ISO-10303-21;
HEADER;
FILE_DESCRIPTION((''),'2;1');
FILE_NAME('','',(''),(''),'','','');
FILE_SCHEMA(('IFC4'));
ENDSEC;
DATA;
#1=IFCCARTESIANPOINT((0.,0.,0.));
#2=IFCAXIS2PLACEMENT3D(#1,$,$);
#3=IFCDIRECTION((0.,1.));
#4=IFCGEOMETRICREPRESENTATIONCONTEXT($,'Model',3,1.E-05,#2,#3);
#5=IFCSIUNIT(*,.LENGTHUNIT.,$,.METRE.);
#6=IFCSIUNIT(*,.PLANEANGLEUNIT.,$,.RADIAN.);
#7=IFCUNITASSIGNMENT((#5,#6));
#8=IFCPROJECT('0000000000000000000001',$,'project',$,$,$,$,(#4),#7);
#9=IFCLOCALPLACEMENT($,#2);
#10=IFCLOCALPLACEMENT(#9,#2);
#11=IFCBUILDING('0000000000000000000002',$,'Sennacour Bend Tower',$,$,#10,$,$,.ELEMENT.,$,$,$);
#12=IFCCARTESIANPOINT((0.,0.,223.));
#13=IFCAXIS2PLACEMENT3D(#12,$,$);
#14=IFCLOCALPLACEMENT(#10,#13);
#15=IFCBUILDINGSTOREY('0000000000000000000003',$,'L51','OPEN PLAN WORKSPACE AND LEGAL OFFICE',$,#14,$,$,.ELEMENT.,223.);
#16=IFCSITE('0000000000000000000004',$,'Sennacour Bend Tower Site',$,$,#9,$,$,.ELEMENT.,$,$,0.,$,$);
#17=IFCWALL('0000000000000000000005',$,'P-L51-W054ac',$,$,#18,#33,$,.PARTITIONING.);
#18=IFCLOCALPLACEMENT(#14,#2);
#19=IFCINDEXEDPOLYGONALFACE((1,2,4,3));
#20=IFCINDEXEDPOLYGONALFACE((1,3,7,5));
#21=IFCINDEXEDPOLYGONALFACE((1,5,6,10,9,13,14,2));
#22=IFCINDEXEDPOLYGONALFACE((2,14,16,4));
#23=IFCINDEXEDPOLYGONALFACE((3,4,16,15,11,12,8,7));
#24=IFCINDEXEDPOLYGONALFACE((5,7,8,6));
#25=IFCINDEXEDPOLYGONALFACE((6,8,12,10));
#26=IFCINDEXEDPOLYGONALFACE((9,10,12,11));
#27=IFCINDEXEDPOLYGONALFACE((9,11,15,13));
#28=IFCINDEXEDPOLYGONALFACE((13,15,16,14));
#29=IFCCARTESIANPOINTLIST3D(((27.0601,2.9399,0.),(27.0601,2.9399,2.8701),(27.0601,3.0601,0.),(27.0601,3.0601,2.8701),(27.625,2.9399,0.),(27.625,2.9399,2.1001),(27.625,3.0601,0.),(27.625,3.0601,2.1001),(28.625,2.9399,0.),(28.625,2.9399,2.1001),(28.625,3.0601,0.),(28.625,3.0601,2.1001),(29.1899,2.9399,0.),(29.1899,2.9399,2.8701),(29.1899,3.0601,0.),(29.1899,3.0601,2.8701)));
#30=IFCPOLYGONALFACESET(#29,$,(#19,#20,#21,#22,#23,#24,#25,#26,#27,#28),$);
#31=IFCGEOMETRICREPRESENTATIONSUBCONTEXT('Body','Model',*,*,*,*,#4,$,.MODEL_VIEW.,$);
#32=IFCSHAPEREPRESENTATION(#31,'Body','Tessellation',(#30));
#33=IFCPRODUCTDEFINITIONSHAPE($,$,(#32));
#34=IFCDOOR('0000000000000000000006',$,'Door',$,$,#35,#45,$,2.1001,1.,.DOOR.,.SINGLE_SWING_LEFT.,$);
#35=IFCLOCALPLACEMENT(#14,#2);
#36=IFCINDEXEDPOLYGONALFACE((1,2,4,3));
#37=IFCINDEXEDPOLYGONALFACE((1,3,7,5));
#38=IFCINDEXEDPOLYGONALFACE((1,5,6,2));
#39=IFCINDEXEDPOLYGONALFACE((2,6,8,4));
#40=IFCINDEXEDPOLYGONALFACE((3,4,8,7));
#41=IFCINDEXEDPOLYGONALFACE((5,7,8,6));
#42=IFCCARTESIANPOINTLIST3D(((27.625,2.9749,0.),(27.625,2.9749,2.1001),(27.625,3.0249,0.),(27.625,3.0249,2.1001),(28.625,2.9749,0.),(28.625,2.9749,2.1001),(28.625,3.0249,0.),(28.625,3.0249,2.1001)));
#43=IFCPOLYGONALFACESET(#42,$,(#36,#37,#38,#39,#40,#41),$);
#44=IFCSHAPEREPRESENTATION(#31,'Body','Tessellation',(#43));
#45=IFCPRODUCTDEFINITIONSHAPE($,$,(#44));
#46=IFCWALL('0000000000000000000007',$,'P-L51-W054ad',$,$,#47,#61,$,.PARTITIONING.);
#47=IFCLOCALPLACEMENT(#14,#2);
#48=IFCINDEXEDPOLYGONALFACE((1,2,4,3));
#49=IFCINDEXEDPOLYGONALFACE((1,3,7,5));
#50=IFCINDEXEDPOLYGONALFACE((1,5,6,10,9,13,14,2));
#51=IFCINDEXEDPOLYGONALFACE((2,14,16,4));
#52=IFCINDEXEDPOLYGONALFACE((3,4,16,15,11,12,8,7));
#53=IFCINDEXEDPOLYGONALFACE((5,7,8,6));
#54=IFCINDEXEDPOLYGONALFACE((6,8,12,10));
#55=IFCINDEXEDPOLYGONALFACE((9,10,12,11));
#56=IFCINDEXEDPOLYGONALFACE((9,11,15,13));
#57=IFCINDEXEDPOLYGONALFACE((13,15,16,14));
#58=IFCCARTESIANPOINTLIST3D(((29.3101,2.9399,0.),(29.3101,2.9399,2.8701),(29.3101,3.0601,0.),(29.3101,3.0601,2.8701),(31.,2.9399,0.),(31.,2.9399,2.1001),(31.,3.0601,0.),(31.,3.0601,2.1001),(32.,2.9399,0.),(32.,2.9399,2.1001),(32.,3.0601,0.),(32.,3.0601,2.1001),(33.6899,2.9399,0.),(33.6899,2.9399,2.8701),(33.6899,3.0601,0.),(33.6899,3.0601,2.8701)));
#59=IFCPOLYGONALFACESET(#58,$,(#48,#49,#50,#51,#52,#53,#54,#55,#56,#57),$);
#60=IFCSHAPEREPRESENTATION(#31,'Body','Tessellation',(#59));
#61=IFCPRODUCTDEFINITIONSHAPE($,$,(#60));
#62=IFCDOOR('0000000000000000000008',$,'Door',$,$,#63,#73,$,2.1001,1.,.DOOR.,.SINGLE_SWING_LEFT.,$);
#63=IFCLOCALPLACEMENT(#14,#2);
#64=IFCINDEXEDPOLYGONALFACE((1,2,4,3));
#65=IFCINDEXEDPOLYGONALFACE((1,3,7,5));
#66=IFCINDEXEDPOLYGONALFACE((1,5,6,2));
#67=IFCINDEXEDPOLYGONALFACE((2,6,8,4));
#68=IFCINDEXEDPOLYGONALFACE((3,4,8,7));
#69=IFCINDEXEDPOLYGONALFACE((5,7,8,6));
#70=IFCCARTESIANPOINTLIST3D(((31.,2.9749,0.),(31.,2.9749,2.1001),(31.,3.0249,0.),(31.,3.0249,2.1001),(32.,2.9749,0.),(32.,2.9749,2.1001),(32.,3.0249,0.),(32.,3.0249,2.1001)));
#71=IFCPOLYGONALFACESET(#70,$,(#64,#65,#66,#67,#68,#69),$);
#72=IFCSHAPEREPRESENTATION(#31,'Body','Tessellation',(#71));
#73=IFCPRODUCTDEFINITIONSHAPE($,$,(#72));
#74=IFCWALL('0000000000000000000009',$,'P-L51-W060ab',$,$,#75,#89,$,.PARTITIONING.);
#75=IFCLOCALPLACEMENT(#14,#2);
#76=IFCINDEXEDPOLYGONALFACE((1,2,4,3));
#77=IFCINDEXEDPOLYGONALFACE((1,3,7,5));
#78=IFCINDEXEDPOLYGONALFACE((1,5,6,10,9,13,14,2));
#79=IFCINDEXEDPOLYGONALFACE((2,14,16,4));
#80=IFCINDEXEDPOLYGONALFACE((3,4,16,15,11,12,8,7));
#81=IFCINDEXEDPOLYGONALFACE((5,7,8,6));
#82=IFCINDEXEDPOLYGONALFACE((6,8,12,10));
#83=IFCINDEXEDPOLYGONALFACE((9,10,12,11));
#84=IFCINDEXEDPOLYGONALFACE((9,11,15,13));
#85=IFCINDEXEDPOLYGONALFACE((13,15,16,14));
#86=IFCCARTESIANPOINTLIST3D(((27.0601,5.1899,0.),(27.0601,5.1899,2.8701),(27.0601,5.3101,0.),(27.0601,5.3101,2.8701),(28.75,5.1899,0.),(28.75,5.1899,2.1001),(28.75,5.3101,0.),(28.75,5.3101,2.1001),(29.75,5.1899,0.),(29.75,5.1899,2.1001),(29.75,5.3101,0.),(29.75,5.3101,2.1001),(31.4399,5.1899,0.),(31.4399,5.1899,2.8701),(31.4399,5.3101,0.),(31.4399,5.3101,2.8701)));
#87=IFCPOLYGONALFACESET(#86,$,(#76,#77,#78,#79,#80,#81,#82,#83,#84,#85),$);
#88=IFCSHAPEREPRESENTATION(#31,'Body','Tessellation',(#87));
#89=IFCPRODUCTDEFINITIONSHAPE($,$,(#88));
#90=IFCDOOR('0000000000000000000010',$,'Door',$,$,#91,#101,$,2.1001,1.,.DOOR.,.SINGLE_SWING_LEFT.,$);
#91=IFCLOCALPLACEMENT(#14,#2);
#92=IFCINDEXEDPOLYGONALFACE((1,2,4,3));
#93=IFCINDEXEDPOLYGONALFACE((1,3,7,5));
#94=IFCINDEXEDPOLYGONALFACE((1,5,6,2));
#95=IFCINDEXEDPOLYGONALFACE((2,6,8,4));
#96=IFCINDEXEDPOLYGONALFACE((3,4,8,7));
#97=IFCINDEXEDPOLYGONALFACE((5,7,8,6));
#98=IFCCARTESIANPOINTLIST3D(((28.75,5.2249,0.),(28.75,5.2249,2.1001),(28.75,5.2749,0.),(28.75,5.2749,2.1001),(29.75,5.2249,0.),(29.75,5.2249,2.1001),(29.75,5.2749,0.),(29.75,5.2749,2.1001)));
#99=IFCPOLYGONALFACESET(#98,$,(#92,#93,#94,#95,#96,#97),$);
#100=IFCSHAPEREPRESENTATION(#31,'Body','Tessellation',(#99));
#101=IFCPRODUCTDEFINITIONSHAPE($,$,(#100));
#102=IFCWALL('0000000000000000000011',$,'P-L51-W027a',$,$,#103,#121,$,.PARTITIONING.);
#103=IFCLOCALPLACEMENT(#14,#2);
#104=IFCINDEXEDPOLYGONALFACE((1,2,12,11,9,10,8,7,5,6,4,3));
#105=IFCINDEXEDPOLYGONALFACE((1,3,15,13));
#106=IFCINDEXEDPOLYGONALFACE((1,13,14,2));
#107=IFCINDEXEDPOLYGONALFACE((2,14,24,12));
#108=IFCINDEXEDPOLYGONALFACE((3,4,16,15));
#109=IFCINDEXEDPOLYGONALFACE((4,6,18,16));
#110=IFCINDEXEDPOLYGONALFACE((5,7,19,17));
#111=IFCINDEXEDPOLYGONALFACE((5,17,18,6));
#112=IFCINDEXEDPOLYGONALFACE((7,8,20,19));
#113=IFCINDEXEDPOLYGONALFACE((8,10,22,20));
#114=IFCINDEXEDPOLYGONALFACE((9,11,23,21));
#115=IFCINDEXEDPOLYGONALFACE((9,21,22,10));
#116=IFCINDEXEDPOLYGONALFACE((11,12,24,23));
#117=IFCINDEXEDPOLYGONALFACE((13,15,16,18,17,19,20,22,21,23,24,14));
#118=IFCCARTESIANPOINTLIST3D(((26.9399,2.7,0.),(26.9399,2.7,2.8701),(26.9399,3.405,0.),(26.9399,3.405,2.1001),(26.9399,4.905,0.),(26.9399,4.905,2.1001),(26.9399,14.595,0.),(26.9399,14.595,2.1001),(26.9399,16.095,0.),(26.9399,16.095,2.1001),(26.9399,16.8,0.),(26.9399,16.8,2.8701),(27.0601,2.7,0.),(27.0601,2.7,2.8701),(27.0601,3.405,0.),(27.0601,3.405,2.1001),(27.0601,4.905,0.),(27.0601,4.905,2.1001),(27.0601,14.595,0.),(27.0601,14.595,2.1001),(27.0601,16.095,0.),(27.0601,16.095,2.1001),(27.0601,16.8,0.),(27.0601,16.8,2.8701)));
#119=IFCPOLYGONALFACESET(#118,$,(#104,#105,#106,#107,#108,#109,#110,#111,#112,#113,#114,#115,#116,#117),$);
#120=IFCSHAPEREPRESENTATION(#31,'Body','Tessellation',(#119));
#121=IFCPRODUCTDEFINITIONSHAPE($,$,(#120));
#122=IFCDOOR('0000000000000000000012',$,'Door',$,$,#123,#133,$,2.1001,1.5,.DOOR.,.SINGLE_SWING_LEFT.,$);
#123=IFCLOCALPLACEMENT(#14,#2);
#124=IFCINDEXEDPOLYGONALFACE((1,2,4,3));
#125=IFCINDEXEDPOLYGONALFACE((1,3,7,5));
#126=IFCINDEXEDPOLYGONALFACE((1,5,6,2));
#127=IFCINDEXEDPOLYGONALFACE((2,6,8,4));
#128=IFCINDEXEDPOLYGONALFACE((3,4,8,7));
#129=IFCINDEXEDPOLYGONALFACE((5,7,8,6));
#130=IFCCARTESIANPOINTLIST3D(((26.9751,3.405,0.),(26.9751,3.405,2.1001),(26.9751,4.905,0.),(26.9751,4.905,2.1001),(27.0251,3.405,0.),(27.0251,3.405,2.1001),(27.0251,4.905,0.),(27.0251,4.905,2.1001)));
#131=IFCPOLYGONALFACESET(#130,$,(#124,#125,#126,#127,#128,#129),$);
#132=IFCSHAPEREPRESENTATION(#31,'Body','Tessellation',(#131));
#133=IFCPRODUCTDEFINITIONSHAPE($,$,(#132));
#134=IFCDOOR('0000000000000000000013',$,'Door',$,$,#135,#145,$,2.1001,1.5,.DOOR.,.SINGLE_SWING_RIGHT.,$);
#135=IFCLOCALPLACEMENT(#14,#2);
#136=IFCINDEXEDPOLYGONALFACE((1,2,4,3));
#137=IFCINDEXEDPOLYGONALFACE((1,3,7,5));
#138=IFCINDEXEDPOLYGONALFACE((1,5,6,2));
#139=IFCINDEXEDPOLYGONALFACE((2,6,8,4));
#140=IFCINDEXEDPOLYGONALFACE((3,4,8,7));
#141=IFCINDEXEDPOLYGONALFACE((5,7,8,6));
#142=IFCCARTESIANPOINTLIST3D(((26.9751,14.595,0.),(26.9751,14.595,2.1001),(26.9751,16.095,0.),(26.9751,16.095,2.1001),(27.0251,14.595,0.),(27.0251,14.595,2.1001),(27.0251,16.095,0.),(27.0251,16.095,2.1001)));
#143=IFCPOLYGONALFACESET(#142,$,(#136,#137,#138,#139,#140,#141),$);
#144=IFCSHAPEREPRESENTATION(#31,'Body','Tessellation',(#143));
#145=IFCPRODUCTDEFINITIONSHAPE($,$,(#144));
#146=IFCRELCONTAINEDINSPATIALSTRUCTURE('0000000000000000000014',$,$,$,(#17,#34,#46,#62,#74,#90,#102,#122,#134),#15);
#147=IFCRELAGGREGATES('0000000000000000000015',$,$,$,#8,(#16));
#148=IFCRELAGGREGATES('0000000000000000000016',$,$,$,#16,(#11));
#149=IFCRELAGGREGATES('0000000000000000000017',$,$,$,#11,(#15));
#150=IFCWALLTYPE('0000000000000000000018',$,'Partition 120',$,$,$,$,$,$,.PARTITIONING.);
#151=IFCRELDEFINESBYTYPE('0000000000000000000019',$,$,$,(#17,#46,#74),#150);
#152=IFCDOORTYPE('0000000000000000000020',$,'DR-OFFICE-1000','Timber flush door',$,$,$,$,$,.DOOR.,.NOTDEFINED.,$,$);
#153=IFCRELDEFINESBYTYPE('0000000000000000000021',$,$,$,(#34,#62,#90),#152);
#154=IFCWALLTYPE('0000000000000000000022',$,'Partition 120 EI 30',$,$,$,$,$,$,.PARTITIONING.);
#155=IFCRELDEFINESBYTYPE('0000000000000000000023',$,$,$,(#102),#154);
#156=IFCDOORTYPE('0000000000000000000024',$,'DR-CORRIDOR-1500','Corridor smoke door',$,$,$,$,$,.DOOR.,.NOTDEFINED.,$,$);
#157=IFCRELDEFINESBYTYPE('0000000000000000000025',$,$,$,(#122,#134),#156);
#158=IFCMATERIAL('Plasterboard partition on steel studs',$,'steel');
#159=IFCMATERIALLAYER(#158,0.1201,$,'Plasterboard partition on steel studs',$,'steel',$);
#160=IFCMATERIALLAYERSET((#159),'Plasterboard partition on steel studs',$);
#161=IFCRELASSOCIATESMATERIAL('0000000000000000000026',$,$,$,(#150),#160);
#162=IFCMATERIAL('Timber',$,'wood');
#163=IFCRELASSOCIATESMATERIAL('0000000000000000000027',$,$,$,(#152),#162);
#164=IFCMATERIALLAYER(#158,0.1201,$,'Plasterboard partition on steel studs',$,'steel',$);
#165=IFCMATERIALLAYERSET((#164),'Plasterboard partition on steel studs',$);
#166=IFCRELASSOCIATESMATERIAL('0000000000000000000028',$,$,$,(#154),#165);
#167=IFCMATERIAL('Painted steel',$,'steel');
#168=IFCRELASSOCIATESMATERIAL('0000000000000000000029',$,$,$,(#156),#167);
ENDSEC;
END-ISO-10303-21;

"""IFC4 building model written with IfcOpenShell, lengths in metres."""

from ifc_helpers import new_model, si_unit, direction, frame, frame_2d, origin, place, context, subcontext, project, spatial, rectangle, extrude, material, layer, layer_set, type_object, element, fill, save


model = new_model("IFC4")

# Units and contexts
model_context = context("Model", 3, precision=1e-05, world=origin(), true_north=direction((0.0, 1.0)))
body_context = subcontext(model_context, "Body", "Model", "MODEL_VIEW")
ifc_project = project(units=[si_unit("LENGTHUNIT", "METRE"), si_unit("PLANEANGLEUNIT", "RADIAN")], contexts=[model_context])

# Site, building, storey
site_placement = place(None, origin())
site = spatial("IfcSite", under=ifc_project, at=site_placement, Name="Sennacour Bend Tower Site", CompositionType="ELEMENT", RefElevation=0.0)
building_placement = place(site_placement, origin())
building = spatial("IfcBuilding", under=site, at=building_placement, Name="Sennacour Bend Tower", CompositionType="ELEMENT")
storey_placement = place(building_placement, frame((0.0, 0.0, 223.0)))
storey = spatial("IfcBuildingStorey", under=building, at=storey_placement, Name="L51", Description="OPEN PLAN WORKSPACE AND LEGAL OFFICE", CompositionType="ELEMENT", Elevation=223.0)

# Shared definitions
ifc_material_1 = material(Name="Plasterboard partition on steel studs", Category="steel")
ifc_layer_1 = layer(ifc_material_1, 0.1201, Name="Plasterboard partition on steel studs", Category="steel")
ifc_layer_set_1 = layer_set([ifc_layer_1], Name="Plasterboard partition on steel studs")
wall_type_1 = type_object("IfcWallType", Name="Partition 120", PredefinedType="PARTITIONING", material=ifc_layer_set_1)

# Walls, openings, doors
wall_1_placement = place(storey_placement, frame((27.0601, 3.0, 0.0), z_axis=(0.0, 0.0, 1.0), x_axis=(1.0, 0.0, 0.0)))
wall_1 = element("IfcWall", 1, at=wall_1_placement, inside=storey, type_object=wall_type_1, Name="P-L51-W054ac", PredefinedType="PARTITIONING", context=body_context, shape_type="SweptSolid", body=[
    extrude(rectangle(XDim=2.1299, YDim=0.1201, at=frame_2d((1.0649, 0.0))), origin(), (0.0, 0.0, 1.0), 2.8701),
])
opening_1_placement = place(wall_1_placement, frame((0.5649, 0.0, 0.0)))
opening_1 = element("IfcOpeningElement", 2, at=opening_1_placement, cuts=wall_1, PredefinedType="OPENING", context=body_context, shape_type="SweptSolid", body=[
    extrude(rectangle(XDim=1.0, YDim=2.1001, at=frame_2d((0.5, 1.05))), frame((0.0, 0.0701, 0.0), z_axis=(0.0, -1.0, 0.0), x_axis=(1.0, 0.0, 0.0)), (0.0, 0.0, 1.0), 0.1401),
])
ifc_material_2 = material(Name="Timber", Category="wood")
door_type_1 = type_object("IfcDoorType", Name="DR-OFFICE-1000", Description="Timber flush door", OperationType="NOTDEFINED", PredefinedType="DOOR", material=ifc_material_2)
door_1_placement = place(opening_1_placement, origin())
door_1 = element("IfcDoor", 3, at=door_1_placement, inside=storey, type_object=door_type_1, Name="Door", OperationType="SINGLE_SWING_LEFT", OverallHeight=2.1001, OverallWidth=1.0, PredefinedType="DOOR", context=body_context, shape_type="SweptSolid", body=[
    extrude(rectangle(XDim=1.0, YDim=2.1001, at=frame_2d((0.5, 1.05))), frame((0.0, 0.0249, 0.0), z_axis=(0.0, -1.0, 0.0), x_axis=(1.0, 0.0, 0.0)), (0.0, 0.0, 1.0), 0.05),
])
fill(opening_1, door_1)
wall_2_placement = place(storey_placement, frame((29.3101, 3.0, 0.0), z_axis=(0.0, 0.0, 1.0), x_axis=(1.0, 0.0, 0.0)))
wall_2 = element("IfcWall", 4, at=wall_2_placement, inside=storey, type_object=wall_type_1, Name="P-L51-W054ad", PredefinedType="PARTITIONING", context=body_context, shape_type="SweptSolid", body=[
    extrude(rectangle(XDim=4.3799, YDim=0.1201, at=frame_2d((2.1899, 0.0))), origin(), (0.0, 0.0, 1.0), 2.8701),
])
opening_2_placement = place(wall_2_placement, frame((1.6899, 0.0, 0.0)))
opening_2 = element("IfcOpeningElement", 5, at=opening_2_placement, cuts=wall_2, PredefinedType="OPENING", context=body_context, shape_type="SweptSolid", body=[
    extrude(rectangle(XDim=1.0, YDim=2.1001, at=frame_2d((0.5, 1.05))), frame((0.0, 0.0701, 0.0), z_axis=(0.0, -1.0, 0.0), x_axis=(1.0, 0.0, 0.0)), (0.0, 0.0, 1.0), 0.1401),
])
door_2_placement = place(opening_2_placement, origin())
door_2 = element("IfcDoor", 6, at=door_2_placement, inside=storey, type_object=door_type_1, Name="Door", OperationType="SINGLE_SWING_LEFT", OverallHeight=2.1001, OverallWidth=1.0, PredefinedType="DOOR", context=body_context, shape_type="SweptSolid", body=[
    extrude(rectangle(XDim=1.0, YDim=2.1001, at=frame_2d((0.5, 1.05))), frame((0.0, 0.0249, 0.0), z_axis=(0.0, -1.0, 0.0), x_axis=(1.0, 0.0, 0.0)), (0.0, 0.0, 1.0), 0.05),
])
fill(opening_2, door_2)
wall_3_placement = place(storey_placement, frame((27.0601, 5.25, 0.0), z_axis=(0.0, 0.0, 1.0), x_axis=(1.0, 0.0, 0.0)))
wall_3 = element("IfcWall", 7, at=wall_3_placement, inside=storey, type_object=wall_type_1, Name="P-L51-W060ab", PredefinedType="PARTITIONING", context=body_context, shape_type="SweptSolid", body=[
    extrude(rectangle(XDim=4.3799, YDim=0.1201, at=frame_2d((2.1899, 0.0))), origin(), (0.0, 0.0, 1.0), 2.8701),
])
opening_3_placement = place(wall_3_placement, frame((1.6899, 0.0, 0.0)))
opening_3 = element("IfcOpeningElement", 8, at=opening_3_placement, cuts=wall_3, PredefinedType="OPENING", context=body_context, shape_type="SweptSolid", body=[
    extrude(rectangle(XDim=1.0, YDim=2.1001, at=frame_2d((0.5, 1.05))), frame((0.0, 0.0701, 0.0), z_axis=(0.0, -1.0, 0.0), x_axis=(1.0, 0.0, 0.0)), (0.0, 0.0, 1.0), 0.1401),
])
door_3_placement = place(opening_3_placement, origin())
door_3 = element("IfcDoor", 9, at=door_3_placement, inside=storey, type_object=door_type_1, Name="Door", OperationType="SINGLE_SWING_LEFT", OverallHeight=2.1001, OverallWidth=1.0, PredefinedType="DOOR", context=body_context, shape_type="SweptSolid", body=[
    extrude(rectangle(XDim=1.0, YDim=2.1001, at=frame_2d((0.5, 1.05))), frame((0.0, 0.0249, 0.0), z_axis=(0.0, -1.0, 0.0), x_axis=(1.0, 0.0, 0.0)), (0.0, 0.0, 1.0), 0.05),
])
fill(opening_3, door_3)

# Wall, openings, doors
ifc_layer_2 = layer(ifc_material_1, 0.1201, Name="Plasterboard partition on steel studs", Category="steel")
ifc_layer_set_2 = layer_set([ifc_layer_2], Name="Plasterboard partition on steel studs")
wall_type_2 = type_object("IfcWallType", Name="Partition 120 EI 30", PredefinedType="PARTITIONING", material=ifc_layer_set_2)
wall_4_placement = place(storey_placement, frame((27.0, 2.7, 0.0), z_axis=(0.0, 0.0, 1.0), x_axis=(0.0, 1.0, 0.0)))
wall_4 = element("IfcWall", 10, at=wall_4_placement, inside=storey, type_object=wall_type_2, Name="P-L51-W027a", PredefinedType="PARTITIONING", context=body_context, shape_type="SweptSolid", body=[
    extrude(rectangle(XDim=14.1001, YDim=0.1201, at=frame_2d((7.05, 0.0))), origin(), (0.0, 0.0, 1.0), 2.8701),
])
opening_4_placement = place(wall_4_placement, frame((0.7051, 0.0, 0.0)))
opening_4 = element("IfcOpeningElement", 11, at=opening_4_placement, cuts=wall_4, PredefinedType="OPENING", context=body_context, shape_type="SweptSolid", body=[
    extrude(rectangle(XDim=1.5, YDim=2.1001, at=frame_2d((0.75, 1.05))), frame((0.0, 0.0701, 0.0), z_axis=(0.0, -1.0, 0.0), x_axis=(1.0, 0.0, 0.0)), (0.0, 0.0, 1.0), 0.1401),
])
opening_5_placement = place(wall_4_placement, frame((11.895, 0.0, 0.0)))
opening_5 = element("IfcOpeningElement", 12, at=opening_5_placement, cuts=wall_4, PredefinedType="OPENING", context=body_context, shape_type="SweptSolid", body=[
    extrude(rectangle(XDim=1.5, YDim=2.1001, at=frame_2d((0.75, 1.05))), frame((0.0, 0.0701, 0.0), z_axis=(0.0, -1.0, 0.0), x_axis=(1.0, 0.0, 0.0)), (0.0, 0.0, 1.0), 0.1401),
])
ifc_material_3 = material(Name="Painted steel", Category="steel")
door_type_2 = type_object("IfcDoorType", Name="DR-CORRIDOR-1500", Description="Corridor smoke door", OperationType="NOTDEFINED", PredefinedType="DOOR", material=ifc_material_3)
door_4_placement = place(opening_4_placement, origin())
door_4 = element("IfcDoor", 13, at=door_4_placement, inside=storey, type_object=door_type_2, Name="Door", OperationType="SINGLE_SWING_LEFT", OverallHeight=2.1001, OverallWidth=1.5, PredefinedType="DOOR", context=body_context, shape_type="SweptSolid", body=[
    extrude(rectangle(XDim=1.5, YDim=2.1001, at=frame_2d((0.75, 1.05))), frame((0.0, 0.0249, 0.0), z_axis=(0.0, -1.0, 0.0), x_axis=(1.0, 0.0, 0.0)), (0.0, 0.0, 1.0), 0.05),
])
fill(opening_4, door_4)
door_5_placement = place(opening_5_placement, origin())
door_5 = element("IfcDoor", 14, at=door_5_placement, inside=storey, type_object=door_type_2, Name="Door", OperationType="SINGLE_SWING_RIGHT", OverallHeight=2.1001, OverallWidth=1.5, PredefinedType="DOOR", context=body_context, shape_type="SweptSolid", body=[
    extrude(rectangle(XDim=1.5, YDim=2.1001, at=frame_2d((0.75, 1.05))), frame((0.0, 0.0249, 0.0), z_axis=(0.0, -1.0, 0.0), x_axis=(1.0, 0.0, 0.0)), (0.0, 0.0, 1.0), 0.05),
])
fill(opening_5, door_5)

save(model, "model.ifc")
